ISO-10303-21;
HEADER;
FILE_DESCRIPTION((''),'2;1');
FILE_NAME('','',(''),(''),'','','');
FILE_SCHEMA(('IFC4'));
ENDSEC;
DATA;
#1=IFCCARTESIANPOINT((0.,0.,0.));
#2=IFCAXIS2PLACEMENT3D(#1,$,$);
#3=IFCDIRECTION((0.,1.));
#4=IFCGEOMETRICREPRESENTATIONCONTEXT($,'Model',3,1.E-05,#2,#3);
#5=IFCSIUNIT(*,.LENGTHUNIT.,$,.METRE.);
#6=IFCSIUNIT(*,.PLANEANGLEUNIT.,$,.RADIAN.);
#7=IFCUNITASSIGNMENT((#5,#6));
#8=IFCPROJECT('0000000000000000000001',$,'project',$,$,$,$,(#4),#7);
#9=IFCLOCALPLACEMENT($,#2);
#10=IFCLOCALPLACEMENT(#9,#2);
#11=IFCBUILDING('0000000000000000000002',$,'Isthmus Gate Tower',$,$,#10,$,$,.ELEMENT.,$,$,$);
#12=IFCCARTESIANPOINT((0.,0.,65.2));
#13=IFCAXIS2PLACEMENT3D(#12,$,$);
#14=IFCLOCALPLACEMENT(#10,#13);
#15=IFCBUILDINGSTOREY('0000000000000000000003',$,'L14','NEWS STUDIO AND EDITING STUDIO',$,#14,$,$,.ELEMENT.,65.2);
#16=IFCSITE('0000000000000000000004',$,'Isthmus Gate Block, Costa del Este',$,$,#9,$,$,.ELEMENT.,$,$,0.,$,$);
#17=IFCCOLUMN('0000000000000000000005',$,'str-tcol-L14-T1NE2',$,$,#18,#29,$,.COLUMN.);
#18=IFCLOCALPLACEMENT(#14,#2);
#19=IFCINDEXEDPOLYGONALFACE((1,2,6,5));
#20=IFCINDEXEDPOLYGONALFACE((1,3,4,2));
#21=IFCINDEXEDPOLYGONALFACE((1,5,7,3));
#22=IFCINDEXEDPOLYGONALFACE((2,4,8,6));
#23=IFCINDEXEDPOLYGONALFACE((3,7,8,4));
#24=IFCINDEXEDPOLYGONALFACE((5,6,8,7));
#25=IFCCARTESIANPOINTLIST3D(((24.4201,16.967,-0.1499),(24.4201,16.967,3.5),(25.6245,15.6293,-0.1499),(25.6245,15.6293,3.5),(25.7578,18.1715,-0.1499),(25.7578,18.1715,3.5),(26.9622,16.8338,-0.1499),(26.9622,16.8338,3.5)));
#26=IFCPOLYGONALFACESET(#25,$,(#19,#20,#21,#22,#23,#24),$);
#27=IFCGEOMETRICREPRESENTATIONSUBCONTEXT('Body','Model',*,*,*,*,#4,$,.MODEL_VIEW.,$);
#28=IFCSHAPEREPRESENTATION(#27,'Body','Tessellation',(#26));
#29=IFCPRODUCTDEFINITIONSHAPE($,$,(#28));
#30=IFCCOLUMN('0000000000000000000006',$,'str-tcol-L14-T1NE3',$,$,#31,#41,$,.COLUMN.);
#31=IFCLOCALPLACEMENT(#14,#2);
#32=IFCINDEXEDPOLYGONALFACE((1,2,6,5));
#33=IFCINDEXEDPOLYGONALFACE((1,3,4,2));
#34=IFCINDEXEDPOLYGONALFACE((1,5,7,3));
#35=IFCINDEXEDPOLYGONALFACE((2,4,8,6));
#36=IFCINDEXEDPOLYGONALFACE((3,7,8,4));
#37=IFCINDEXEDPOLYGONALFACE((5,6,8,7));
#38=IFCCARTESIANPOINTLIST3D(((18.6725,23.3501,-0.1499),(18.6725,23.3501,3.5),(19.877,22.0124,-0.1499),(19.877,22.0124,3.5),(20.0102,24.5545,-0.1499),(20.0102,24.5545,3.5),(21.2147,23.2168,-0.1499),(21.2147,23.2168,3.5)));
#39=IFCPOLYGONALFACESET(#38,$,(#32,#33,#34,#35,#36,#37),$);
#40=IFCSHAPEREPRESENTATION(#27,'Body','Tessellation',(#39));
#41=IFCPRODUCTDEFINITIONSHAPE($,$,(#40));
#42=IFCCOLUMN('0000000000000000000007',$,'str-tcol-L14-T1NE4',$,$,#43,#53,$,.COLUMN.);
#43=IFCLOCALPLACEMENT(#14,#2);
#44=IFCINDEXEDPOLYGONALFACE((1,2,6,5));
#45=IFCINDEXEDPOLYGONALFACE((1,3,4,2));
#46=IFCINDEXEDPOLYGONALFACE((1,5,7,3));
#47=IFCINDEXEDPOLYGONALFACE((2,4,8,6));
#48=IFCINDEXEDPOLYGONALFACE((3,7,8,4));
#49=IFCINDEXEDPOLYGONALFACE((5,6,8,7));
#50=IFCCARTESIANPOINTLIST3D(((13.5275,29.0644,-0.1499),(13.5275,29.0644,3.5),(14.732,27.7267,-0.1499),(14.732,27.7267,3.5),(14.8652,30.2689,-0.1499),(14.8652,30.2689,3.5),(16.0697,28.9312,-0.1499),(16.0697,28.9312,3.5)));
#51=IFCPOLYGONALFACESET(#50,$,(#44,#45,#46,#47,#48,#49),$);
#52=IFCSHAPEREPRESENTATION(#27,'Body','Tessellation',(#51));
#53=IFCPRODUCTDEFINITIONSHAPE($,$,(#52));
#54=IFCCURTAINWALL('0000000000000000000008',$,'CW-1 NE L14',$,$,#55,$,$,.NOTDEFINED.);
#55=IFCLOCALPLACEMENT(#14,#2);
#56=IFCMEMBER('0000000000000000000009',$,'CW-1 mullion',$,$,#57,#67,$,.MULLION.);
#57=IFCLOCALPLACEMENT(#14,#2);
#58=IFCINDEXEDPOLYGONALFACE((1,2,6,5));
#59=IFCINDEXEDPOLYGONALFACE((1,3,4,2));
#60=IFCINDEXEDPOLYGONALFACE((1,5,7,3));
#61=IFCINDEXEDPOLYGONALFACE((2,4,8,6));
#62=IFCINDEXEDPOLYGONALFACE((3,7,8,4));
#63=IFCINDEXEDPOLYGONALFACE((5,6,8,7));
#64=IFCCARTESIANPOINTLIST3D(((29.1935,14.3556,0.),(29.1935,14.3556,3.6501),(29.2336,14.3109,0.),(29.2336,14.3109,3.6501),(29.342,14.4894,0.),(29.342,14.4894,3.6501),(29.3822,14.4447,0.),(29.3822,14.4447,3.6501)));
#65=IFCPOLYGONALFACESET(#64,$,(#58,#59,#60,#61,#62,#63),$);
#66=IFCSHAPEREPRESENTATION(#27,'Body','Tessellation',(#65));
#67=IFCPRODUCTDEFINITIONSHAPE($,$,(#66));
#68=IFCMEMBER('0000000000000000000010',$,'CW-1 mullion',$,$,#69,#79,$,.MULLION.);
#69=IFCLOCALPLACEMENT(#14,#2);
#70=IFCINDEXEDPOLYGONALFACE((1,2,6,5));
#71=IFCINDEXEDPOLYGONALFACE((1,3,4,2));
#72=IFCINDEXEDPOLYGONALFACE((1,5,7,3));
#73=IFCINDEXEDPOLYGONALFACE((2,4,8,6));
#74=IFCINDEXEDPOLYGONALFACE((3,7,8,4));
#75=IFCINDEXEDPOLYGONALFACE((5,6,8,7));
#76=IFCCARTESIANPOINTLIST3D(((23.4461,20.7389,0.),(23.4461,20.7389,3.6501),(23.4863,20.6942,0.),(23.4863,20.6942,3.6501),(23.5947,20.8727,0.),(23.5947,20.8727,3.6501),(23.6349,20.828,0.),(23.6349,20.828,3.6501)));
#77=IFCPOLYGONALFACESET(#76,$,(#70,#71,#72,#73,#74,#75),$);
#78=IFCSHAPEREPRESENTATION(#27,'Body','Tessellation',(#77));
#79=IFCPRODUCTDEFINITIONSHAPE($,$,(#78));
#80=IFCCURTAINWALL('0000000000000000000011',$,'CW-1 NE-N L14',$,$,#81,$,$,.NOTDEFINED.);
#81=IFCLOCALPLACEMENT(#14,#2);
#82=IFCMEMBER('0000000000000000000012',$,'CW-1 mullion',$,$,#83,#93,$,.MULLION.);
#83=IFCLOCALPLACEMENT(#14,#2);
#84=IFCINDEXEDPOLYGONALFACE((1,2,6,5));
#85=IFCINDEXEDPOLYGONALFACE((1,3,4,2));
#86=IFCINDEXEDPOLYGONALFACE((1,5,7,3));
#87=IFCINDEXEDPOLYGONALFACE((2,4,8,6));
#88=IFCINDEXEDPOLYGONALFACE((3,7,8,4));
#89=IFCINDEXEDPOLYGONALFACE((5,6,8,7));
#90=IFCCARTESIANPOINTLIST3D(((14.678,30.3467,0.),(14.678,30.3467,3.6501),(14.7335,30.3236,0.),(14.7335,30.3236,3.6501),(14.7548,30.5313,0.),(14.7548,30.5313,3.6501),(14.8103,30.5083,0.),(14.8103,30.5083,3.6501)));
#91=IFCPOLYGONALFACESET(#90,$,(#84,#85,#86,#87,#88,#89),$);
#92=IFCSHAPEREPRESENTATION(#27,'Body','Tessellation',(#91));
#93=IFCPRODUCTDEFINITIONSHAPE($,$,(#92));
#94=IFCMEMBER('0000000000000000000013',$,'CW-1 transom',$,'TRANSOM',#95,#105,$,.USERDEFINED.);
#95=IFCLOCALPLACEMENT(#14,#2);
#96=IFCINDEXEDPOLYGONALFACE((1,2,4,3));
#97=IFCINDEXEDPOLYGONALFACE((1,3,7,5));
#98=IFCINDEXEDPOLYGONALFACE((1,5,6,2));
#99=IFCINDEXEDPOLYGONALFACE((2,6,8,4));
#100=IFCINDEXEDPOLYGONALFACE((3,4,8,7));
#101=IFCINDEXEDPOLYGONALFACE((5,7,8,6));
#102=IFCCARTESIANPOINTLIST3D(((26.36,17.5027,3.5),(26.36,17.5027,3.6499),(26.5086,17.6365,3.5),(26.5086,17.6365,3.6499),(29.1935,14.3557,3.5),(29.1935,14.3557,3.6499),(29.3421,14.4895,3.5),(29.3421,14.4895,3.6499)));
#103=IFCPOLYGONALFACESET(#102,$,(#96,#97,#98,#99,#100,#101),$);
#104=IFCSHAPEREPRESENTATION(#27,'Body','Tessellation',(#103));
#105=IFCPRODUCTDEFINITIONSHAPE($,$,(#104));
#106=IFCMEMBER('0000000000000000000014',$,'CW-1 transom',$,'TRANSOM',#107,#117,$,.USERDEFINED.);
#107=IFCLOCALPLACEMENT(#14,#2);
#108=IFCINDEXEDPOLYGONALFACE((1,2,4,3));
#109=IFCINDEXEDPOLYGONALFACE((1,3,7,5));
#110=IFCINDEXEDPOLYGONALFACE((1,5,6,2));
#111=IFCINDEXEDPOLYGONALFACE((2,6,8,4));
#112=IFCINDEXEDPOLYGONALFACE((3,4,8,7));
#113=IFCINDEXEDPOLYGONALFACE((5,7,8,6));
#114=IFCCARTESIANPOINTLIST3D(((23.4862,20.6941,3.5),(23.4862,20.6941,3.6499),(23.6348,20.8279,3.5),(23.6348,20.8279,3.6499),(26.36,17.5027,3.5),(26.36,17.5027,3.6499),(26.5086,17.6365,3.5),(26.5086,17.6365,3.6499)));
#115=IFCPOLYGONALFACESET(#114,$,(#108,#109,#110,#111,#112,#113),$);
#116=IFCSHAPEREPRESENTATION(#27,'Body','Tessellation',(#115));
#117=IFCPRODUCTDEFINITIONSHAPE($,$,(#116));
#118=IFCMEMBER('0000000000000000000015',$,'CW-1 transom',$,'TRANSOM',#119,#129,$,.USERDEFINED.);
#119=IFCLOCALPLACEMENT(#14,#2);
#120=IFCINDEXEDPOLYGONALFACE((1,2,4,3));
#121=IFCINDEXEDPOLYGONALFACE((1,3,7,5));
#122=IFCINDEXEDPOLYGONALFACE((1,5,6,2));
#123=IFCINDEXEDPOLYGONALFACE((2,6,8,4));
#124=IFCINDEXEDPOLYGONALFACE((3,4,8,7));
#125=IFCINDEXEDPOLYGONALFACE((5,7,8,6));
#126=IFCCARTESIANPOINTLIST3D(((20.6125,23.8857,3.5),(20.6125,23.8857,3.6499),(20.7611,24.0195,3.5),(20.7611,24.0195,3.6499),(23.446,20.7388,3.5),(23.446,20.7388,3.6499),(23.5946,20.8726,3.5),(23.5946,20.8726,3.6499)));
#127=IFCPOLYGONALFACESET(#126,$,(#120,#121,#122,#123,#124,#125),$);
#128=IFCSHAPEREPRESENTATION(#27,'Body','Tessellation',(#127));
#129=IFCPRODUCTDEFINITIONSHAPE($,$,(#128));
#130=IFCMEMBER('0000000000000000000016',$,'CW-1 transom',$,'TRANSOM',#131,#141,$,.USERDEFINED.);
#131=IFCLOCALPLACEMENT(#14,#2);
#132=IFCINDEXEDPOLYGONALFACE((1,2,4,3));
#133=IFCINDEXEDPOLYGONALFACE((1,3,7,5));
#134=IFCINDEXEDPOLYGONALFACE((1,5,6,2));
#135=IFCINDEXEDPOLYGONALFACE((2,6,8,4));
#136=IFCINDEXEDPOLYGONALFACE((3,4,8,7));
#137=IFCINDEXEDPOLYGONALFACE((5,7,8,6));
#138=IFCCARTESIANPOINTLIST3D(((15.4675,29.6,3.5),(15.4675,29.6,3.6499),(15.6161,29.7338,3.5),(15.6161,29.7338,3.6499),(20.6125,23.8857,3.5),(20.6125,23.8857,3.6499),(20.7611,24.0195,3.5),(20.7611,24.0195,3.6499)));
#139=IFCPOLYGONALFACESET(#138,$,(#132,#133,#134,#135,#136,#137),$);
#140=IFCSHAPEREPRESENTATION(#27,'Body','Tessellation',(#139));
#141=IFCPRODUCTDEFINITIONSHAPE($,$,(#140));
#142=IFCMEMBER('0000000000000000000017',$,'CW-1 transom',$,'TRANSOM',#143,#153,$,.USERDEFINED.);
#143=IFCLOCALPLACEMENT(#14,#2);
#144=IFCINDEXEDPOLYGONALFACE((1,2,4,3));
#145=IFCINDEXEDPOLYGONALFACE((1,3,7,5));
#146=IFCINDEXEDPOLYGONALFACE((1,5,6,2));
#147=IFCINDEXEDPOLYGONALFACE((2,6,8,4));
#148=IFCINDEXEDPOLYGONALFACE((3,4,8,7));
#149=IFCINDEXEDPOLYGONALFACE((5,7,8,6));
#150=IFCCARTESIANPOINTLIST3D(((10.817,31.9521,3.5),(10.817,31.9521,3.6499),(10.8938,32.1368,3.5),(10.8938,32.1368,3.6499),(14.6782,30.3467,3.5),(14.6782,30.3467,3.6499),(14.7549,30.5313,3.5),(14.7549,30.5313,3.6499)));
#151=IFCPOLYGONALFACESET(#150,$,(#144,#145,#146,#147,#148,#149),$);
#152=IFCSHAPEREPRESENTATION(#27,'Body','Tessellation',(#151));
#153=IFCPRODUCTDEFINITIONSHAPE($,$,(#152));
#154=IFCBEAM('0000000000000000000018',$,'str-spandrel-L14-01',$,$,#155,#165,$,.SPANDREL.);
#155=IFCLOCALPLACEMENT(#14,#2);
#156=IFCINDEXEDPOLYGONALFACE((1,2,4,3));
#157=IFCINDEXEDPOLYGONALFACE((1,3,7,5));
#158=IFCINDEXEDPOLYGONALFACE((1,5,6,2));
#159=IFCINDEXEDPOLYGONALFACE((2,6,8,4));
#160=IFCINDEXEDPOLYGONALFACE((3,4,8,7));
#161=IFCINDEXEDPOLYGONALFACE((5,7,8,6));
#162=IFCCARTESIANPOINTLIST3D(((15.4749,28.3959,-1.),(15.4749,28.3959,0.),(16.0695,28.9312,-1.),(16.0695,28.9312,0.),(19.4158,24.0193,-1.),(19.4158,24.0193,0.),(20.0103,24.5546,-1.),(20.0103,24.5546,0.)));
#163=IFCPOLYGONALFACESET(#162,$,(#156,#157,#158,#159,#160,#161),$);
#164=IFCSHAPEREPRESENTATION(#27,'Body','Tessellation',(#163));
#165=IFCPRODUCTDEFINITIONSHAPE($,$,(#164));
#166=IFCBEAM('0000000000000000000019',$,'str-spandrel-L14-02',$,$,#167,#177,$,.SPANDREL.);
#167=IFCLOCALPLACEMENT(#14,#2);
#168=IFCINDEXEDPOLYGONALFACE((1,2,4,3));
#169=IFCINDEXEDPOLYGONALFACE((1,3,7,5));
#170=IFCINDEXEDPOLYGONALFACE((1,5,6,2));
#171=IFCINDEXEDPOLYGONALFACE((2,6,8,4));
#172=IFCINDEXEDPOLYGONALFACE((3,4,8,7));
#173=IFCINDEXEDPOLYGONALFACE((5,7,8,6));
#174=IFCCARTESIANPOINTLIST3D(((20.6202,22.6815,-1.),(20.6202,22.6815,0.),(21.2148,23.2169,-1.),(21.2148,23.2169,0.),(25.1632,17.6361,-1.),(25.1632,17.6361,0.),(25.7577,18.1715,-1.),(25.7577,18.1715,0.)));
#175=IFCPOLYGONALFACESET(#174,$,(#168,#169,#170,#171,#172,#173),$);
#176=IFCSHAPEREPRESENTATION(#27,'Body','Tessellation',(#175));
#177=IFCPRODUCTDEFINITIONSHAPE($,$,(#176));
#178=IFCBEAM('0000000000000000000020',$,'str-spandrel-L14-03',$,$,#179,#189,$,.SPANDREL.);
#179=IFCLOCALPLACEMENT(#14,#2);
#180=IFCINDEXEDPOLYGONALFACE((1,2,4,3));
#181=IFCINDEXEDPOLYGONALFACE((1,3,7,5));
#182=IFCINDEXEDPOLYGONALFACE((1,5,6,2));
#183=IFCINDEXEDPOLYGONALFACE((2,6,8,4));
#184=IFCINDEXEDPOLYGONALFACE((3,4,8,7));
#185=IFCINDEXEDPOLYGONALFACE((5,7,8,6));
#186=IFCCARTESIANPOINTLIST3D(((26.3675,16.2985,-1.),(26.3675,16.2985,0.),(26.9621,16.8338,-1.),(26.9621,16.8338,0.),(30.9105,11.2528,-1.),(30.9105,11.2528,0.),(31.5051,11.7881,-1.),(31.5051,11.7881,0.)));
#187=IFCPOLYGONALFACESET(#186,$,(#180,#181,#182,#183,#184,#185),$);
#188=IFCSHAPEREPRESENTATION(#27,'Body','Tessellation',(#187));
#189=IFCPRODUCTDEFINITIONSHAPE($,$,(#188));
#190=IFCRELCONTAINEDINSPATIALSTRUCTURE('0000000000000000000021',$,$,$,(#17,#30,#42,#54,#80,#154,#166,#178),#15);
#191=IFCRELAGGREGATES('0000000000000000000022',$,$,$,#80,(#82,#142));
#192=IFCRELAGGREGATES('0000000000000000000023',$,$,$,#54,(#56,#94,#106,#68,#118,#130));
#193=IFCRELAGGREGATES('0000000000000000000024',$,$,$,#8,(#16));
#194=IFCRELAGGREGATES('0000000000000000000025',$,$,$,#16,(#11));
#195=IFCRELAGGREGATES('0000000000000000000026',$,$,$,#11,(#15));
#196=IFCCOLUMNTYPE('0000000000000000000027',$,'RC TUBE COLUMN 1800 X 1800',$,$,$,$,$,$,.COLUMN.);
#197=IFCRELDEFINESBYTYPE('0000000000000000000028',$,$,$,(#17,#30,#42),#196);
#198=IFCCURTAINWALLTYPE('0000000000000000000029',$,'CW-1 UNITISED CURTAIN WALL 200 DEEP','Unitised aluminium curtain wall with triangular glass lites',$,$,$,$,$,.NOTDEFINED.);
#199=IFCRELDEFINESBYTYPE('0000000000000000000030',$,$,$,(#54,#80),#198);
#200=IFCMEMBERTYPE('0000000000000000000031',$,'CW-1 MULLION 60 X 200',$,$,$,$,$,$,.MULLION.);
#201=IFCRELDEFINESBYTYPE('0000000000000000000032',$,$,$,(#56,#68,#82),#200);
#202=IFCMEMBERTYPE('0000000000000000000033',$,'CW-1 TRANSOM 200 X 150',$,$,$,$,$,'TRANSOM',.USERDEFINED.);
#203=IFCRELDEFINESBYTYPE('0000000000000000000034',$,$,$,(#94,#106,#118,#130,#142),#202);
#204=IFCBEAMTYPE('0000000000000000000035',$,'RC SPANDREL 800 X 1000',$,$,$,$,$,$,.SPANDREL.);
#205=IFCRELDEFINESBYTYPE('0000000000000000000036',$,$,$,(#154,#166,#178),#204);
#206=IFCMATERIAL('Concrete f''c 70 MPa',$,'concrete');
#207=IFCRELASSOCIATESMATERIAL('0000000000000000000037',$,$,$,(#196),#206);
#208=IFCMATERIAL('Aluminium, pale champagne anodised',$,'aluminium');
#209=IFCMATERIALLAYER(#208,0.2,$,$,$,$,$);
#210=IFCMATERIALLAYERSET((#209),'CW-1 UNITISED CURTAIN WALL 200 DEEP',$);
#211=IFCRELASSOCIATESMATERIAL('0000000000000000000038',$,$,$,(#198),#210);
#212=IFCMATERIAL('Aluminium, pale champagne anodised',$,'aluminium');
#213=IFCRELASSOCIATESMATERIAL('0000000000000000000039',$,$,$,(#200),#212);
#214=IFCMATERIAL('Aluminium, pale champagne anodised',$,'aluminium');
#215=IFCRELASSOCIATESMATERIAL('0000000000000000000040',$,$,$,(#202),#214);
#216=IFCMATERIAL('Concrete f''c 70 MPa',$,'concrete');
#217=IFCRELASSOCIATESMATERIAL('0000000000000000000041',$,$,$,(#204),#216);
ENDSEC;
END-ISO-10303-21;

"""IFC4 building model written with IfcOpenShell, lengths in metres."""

from ifc_helpers import new_model, si_unit, direction, frame, origin, origin_2d, place, context, subcontext, project, spatial, rectangle, extrude, material, layer, layer_set, material_profile, profile_set, type_object, element, aggregate, save


model = new_model("IFC4")

# Units and contexts
model_context = context("Model", 3, precision=1e-05, world=origin(), true_north=direction((0.0, 1.0)))
body_context = subcontext(model_context, "Body", "Model", "MODEL_VIEW")
ifc_project = project(units=[si_unit("LENGTHUNIT", "METRE"), si_unit("PLANEANGLEUNIT", "RADIAN")], contexts=[model_context])

# Site, building, storey
site_placement = place(None, origin())
site = spatial("IfcSite", under=ifc_project, at=site_placement, Name="Isthmus Gate Block, Costa del Este", CompositionType="ELEMENT", RefElevation=0.0)
building_placement = place(site_placement, origin())
building = spatial("IfcBuilding", under=site, at=building_placement, Name="Isthmus Gate Tower", CompositionType="ELEMENT")
storey_placement = place(building_placement, frame((0.0, 0.0, 65.2)))
storey = spatial("IfcBuildingStorey", under=building, at=storey_placement, Name="L14", Description="NEWS STUDIO AND EDITING STUDIO", CompositionType="ELEMENT", Elevation=65.2)

# Columns
ifc_material_1 = material(Name="Concrete f'c 70 MPa", Category="concrete")
ifc_material_profile_1 = material_profile(ifc_material_1, rectangle(XDim=1.8, YDim=1.8, at=origin_2d()), Name="RC 1800X1800")
ifc_profile_set_1 = profile_set([ifc_material_profile_1], Name="Concrete f'c 70 MPa")
column_type = type_object("IfcColumnType", Name="RC TUBE COLUMN 1800 X 1800", PredefinedType="COLUMN", material=ifc_profile_set_1)
for number, where, z_axis, x_axis, name in (
    (1, (25.6912, 16.9004, -0.1499), (0.0, 0.0, 1.0), (-0.669131, 0.743145, 0.0), "str-tcol-L14-T1NE2"),
    (2, (19.9436, 23.2834, -0.1499), (0.0, 0.0, 1.0), (-0.669131, 0.743145, 0.0), "str-tcol-L14-T1NE3"),
    (3, (14.7986, 28.9978, -0.1499), (0.0, 0.0, 1.0), (-0.669131, 0.743145, 0.0), "str-tcol-L14-T1NE4"),
):
    element("IfcColumn", number, at=place(storey_placement, frame(where, z_axis=z_axis, x_axis=x_axis)), inside=storey, type_object=column_type, Name=name, PredefinedType="COLUMN", context=body_context, shape_type="SweptSolid", body=[
        extrude(rectangle(XDim=1.8, YDim=1.8, at=origin_2d()), origin(), (0.0, 0.0, 1.0), 3.6499),
    ])

# Curtain wall, members
ifc_material_2 = material(Name="Aluminium, pale champagne anodised", Category="aluminium")
ifc_layer_1 = layer(ifc_material_2, 0.2)
ifc_layer_set_1 = layer_set([ifc_layer_1], Name="CW-1 UNITISED CURTAIN WALL 200 DEEP")
curtain_wall_type = type_object("IfcCurtainWallType", Name="CW-1 UNITISED CURTAIN WALL 200 DEEP", Description="Unitised aluminium curtain wall with triangular glass lites", PredefinedType="NOTDEFINED", material=ifc_layer_set_1)
curtain_wall_1_placement = place(storey_placement, origin())
curtain_wall_1 = element("IfcCurtainWall", 4, at=curtain_wall_1_placement, inside=storey, type_object=curtain_wall_type, Name="CW-1 NE L14", PredefinedType="NOTDEFINED")
ifc_material_3 = material(Name="Aluminium, pale champagne anodised", Category="aluminium")
ifc_material_profile_2 = material_profile(ifc_material_3, rectangle(XDim=0.0601, YDim=0.2, at=origin_2d()), Name="60x200")
ifc_profile_set_2 = profile_set([ifc_material_profile_2], Name="Aluminium, pale champagne anodised")
member_type_1 = type_object("IfcMemberType", Name="CW-1 MULLION 60 X 200", PredefinedType="MULLION", material=ifc_profile_set_2)
member_1_placement = place(storey_placement, frame((29.2878, 14.4001, 0.0), z_axis=(0.0, 0.0, 1.0), x_axis=(-0.669131, 0.743145, 0.0)))
member_1 = element("IfcMember", 5, at=member_1_placement, type_object=member_type_1, Name="CW-1 mullion", PredefinedType="MULLION", context=body_context, shape_type="SweptSolid", body=[
    extrude(rectangle(XDim=0.0601, YDim=0.2, at=origin_2d()), origin(), (0.0, 0.0, 1.0), 3.6501),
])
member_2_placement = place(storey_placement, frame((23.5405, 20.7834, 0.0), z_axis=(0.0, 0.0, 1.0), x_axis=(-0.669131, 0.743145, 0.0)))
member_2 = element("IfcMember", 6, at=member_2_placement, type_object=member_type_1, Name="CW-1 mullion", PredefinedType="MULLION", context=body_context, shape_type="SweptSolid", body=[
    extrude(rectangle(XDim=0.0601, YDim=0.2, at=origin_2d()), origin(), (0.0, 0.0, 1.0), 3.6501),
])

# Curtain wall, member
curtain_wall_2_placement = place(storey_placement, origin())
curtain_wall_2 = element("IfcCurtainWall", 7, at=curtain_wall_2_placement, inside=storey, type_object=curtain_wall_type, Name="CW-1 NE-N L14", PredefinedType="NOTDEFINED")
member_3_placement = place(storey_placement, frame((14.7441, 30.4275, 0.0), z_axis=(0.0, 0.0, 1.0), x_axis=(-0.923353, 0.383952, 0.0)))
member_3 = element("IfcMember", 8, at=member_3_placement, type_object=member_type_1, Name="CW-1 mullion", PredefinedType="MULLION", context=body_context, shape_type="SweptSolid", body=[
    extrude(rectangle(XDim=0.0601, YDim=0.2, at=origin_2d()), origin(), (0.0, 0.0, 1.0), 3.6501),
])

# Members
ifc_material_4 = material(Name="Aluminium, pale champagne anodised", Category="aluminium")
ifc_material_profile_3 = material_profile(ifc_material_4, rectangle(XDim=0.2, YDim=0.1499, at=origin_2d()), Name="200x150")
ifc_profile_set_3 = profile_set([ifc_material_profile_3], Name="Aluminium, pale champagne anodised")
member_type_2 = type_object("IfcMemberType", Name="CW-1 TRANSOM 200 X 150", ElementType="TRANSOM", PredefinedType="USERDEFINED", material=ifc_profile_set_3)
member_4_placement = place(storey_placement, frame((29.2678, 14.4226, 3.575), z_axis=(-0.669124, 0.743151, 0.0), x_axis=(-0.743151, -0.669124, 0.0)))
member_4 = element("IfcMember", 9, at=member_4_placement, type_object=member_type_2, Name="CW-1 transom", ObjectType="TRANSOM", PredefinedType="USERDEFINED", context=body_context, shape_type="SweptSolid", body=[
    extrude(rectangle(XDim=0.2, YDim=0.1499, at=origin_2d()), origin(), (0.0, 0.0, 1.0), 4.2346),
])
member_5_placement = place(storey_placement, frame((26.4343, 17.5696, 3.575), z_axis=(-0.669159, 0.743119, 0.0), x_axis=(-0.743119, -0.669159, 0.0)))
member_5 = element("IfcMember", 10, at=member_5_placement, type_object=member_type_2, Name="CW-1 transom", ObjectType="TRANSOM", PredefinedType="USERDEFINED", context=body_context, shape_type="SweptSolid", body=[
    extrude(rectangle(XDim=0.2, YDim=0.1499, at=origin_2d()), origin(), (0.0, 0.0, 1.0), 4.2947),
])
member_6_placement = place(storey_placement, frame((23.5203, 20.8057, 3.575), z_axis=(-0.669124, 0.743151, 0.0), x_axis=(-0.743151, -0.669124, 0.0)))
member_6 = element("IfcMember", 11, at=member_6_placement, type_object=member_type_2, Name="CW-1 transom", ObjectType="TRANSOM", PredefinedType="USERDEFINED", context=body_context, shape_type="SweptSolid", body=[
    extrude(rectangle(XDim=0.2, YDim=0.1499, at=origin_2d()), origin(), (0.0, 0.0, 1.0), 4.2346),
])
member_7_placement = place(storey_placement, frame((20.6868, 23.9526, 3.575), z_axis=(-0.669116, 0.743158, 0.0), x_axis=(-0.743158, -0.669116, 0.0)))
member_7 = element("IfcMember", 12, at=member_7_placement, type_object=member_type_2, Name="CW-1 transom", ObjectType="TRANSOM", PredefinedType="USERDEFINED", context=body_context, shape_type="SweptSolid", body=[
    extrude(rectangle(XDim=0.2, YDim=0.1499, at=origin_2d()), origin(), (0.0, 0.0, 1.0), 7.6892),
])
member_8_placement = place(storey_placement, frame((14.7166, 30.439, 3.575), z_axis=(-0.923358, 0.38394, 0.0), x_axis=(-0.38394, -0.923358, 0.0)))
member_8 = element("IfcMember", 13, at=member_8_placement, type_object=member_type_2, Name="CW-1 transom", ObjectType="TRANSOM", PredefinedType="USERDEFINED", context=body_context, shape_type="SweptSolid", body=[
    extrude(rectangle(XDim=0.2, YDim=0.1499, at=origin_2d()), origin(), (0.0, 0.0, 1.0), 4.1816),
])
aggregate(curtain_wall_2, [member_3, member_8])

# Beams
ifc_material_5 = material(Name="Concrete f'c 70 MPa", Category="concrete")
ifc_material_profile_4 = material_profile(ifc_material_5, rectangle(XDim=0.8, YDim=1.0, at=origin_2d()), Name="RC 800X1000")
ifc_profile_set_4 = profile_set([ifc_material_profile_4], Name="Concrete f'c 70 MPa")
beam_type_1 = type_object("IfcBeamType", Name="RC SPANDREL 800 X 1000", PredefinedType="SPANDREL", material=ifc_profile_set_4)
beam_1_placement = place(storey_placement, frame((15.7722, 28.6636, -0.5), z_axis=(0.669141, -0.743135, 0.0), x_axis=(0.743135, 0.669141, 0.0)))
element("IfcBeam", 14, at=beam_1_placement, inside=storey, type_object=beam_type_1, Name="str-spandrel-L14-01", PredefinedType="SPANDREL", context=body_context, shape_type="SweptSolid", body=[
    extrude(rectangle(XDim=0.8, YDim=1.0, at=origin_2d()), origin(), (0.0, 0.0, 1.0), 5.8894),
])
beam_2_placement = place(storey_placement, frame((20.9175, 22.9492, -0.5), z_axis=(0.669136, -0.74314, 0.0), x_axis=(0.74314, 0.669136, 0.0)))
element("IfcBeam", 15, at=beam_2_placement, inside=storey, type_object=beam_type_1, Name="str-spandrel-L14-02", PredefinedType="SPANDREL", context=body_context, shape_type="SweptSolid", body=[
    extrude(rectangle(XDim=0.8, YDim=1.0, at=origin_2d()), origin(), (0.0, 0.0, 1.0), 6.7893),
])
beam_3_placement = place(storey_placement, frame((26.6648, 16.5662, -0.5), z_axis=(0.669118, -0.743156, 0.0), x_axis=(0.743156, 0.669118, 0.0)))
element("IfcBeam", 16, at=beam_3_placement, inside=storey, type_object=beam_type_1, Name="str-spandrel-L14-03", PredefinedType="SPANDREL", context=body_context, shape_type="SweptSolid", body=[
    extrude(rectangle(XDim=0.8, YDim=1.0, at=origin_2d()), origin(), (0.0, 0.0, 1.0), 6.7896),
])

aggregate(curtain_wall_1, [member_1, member_4, member_5, member_2, member_6, member_7])

save(model, "model.ifc")
